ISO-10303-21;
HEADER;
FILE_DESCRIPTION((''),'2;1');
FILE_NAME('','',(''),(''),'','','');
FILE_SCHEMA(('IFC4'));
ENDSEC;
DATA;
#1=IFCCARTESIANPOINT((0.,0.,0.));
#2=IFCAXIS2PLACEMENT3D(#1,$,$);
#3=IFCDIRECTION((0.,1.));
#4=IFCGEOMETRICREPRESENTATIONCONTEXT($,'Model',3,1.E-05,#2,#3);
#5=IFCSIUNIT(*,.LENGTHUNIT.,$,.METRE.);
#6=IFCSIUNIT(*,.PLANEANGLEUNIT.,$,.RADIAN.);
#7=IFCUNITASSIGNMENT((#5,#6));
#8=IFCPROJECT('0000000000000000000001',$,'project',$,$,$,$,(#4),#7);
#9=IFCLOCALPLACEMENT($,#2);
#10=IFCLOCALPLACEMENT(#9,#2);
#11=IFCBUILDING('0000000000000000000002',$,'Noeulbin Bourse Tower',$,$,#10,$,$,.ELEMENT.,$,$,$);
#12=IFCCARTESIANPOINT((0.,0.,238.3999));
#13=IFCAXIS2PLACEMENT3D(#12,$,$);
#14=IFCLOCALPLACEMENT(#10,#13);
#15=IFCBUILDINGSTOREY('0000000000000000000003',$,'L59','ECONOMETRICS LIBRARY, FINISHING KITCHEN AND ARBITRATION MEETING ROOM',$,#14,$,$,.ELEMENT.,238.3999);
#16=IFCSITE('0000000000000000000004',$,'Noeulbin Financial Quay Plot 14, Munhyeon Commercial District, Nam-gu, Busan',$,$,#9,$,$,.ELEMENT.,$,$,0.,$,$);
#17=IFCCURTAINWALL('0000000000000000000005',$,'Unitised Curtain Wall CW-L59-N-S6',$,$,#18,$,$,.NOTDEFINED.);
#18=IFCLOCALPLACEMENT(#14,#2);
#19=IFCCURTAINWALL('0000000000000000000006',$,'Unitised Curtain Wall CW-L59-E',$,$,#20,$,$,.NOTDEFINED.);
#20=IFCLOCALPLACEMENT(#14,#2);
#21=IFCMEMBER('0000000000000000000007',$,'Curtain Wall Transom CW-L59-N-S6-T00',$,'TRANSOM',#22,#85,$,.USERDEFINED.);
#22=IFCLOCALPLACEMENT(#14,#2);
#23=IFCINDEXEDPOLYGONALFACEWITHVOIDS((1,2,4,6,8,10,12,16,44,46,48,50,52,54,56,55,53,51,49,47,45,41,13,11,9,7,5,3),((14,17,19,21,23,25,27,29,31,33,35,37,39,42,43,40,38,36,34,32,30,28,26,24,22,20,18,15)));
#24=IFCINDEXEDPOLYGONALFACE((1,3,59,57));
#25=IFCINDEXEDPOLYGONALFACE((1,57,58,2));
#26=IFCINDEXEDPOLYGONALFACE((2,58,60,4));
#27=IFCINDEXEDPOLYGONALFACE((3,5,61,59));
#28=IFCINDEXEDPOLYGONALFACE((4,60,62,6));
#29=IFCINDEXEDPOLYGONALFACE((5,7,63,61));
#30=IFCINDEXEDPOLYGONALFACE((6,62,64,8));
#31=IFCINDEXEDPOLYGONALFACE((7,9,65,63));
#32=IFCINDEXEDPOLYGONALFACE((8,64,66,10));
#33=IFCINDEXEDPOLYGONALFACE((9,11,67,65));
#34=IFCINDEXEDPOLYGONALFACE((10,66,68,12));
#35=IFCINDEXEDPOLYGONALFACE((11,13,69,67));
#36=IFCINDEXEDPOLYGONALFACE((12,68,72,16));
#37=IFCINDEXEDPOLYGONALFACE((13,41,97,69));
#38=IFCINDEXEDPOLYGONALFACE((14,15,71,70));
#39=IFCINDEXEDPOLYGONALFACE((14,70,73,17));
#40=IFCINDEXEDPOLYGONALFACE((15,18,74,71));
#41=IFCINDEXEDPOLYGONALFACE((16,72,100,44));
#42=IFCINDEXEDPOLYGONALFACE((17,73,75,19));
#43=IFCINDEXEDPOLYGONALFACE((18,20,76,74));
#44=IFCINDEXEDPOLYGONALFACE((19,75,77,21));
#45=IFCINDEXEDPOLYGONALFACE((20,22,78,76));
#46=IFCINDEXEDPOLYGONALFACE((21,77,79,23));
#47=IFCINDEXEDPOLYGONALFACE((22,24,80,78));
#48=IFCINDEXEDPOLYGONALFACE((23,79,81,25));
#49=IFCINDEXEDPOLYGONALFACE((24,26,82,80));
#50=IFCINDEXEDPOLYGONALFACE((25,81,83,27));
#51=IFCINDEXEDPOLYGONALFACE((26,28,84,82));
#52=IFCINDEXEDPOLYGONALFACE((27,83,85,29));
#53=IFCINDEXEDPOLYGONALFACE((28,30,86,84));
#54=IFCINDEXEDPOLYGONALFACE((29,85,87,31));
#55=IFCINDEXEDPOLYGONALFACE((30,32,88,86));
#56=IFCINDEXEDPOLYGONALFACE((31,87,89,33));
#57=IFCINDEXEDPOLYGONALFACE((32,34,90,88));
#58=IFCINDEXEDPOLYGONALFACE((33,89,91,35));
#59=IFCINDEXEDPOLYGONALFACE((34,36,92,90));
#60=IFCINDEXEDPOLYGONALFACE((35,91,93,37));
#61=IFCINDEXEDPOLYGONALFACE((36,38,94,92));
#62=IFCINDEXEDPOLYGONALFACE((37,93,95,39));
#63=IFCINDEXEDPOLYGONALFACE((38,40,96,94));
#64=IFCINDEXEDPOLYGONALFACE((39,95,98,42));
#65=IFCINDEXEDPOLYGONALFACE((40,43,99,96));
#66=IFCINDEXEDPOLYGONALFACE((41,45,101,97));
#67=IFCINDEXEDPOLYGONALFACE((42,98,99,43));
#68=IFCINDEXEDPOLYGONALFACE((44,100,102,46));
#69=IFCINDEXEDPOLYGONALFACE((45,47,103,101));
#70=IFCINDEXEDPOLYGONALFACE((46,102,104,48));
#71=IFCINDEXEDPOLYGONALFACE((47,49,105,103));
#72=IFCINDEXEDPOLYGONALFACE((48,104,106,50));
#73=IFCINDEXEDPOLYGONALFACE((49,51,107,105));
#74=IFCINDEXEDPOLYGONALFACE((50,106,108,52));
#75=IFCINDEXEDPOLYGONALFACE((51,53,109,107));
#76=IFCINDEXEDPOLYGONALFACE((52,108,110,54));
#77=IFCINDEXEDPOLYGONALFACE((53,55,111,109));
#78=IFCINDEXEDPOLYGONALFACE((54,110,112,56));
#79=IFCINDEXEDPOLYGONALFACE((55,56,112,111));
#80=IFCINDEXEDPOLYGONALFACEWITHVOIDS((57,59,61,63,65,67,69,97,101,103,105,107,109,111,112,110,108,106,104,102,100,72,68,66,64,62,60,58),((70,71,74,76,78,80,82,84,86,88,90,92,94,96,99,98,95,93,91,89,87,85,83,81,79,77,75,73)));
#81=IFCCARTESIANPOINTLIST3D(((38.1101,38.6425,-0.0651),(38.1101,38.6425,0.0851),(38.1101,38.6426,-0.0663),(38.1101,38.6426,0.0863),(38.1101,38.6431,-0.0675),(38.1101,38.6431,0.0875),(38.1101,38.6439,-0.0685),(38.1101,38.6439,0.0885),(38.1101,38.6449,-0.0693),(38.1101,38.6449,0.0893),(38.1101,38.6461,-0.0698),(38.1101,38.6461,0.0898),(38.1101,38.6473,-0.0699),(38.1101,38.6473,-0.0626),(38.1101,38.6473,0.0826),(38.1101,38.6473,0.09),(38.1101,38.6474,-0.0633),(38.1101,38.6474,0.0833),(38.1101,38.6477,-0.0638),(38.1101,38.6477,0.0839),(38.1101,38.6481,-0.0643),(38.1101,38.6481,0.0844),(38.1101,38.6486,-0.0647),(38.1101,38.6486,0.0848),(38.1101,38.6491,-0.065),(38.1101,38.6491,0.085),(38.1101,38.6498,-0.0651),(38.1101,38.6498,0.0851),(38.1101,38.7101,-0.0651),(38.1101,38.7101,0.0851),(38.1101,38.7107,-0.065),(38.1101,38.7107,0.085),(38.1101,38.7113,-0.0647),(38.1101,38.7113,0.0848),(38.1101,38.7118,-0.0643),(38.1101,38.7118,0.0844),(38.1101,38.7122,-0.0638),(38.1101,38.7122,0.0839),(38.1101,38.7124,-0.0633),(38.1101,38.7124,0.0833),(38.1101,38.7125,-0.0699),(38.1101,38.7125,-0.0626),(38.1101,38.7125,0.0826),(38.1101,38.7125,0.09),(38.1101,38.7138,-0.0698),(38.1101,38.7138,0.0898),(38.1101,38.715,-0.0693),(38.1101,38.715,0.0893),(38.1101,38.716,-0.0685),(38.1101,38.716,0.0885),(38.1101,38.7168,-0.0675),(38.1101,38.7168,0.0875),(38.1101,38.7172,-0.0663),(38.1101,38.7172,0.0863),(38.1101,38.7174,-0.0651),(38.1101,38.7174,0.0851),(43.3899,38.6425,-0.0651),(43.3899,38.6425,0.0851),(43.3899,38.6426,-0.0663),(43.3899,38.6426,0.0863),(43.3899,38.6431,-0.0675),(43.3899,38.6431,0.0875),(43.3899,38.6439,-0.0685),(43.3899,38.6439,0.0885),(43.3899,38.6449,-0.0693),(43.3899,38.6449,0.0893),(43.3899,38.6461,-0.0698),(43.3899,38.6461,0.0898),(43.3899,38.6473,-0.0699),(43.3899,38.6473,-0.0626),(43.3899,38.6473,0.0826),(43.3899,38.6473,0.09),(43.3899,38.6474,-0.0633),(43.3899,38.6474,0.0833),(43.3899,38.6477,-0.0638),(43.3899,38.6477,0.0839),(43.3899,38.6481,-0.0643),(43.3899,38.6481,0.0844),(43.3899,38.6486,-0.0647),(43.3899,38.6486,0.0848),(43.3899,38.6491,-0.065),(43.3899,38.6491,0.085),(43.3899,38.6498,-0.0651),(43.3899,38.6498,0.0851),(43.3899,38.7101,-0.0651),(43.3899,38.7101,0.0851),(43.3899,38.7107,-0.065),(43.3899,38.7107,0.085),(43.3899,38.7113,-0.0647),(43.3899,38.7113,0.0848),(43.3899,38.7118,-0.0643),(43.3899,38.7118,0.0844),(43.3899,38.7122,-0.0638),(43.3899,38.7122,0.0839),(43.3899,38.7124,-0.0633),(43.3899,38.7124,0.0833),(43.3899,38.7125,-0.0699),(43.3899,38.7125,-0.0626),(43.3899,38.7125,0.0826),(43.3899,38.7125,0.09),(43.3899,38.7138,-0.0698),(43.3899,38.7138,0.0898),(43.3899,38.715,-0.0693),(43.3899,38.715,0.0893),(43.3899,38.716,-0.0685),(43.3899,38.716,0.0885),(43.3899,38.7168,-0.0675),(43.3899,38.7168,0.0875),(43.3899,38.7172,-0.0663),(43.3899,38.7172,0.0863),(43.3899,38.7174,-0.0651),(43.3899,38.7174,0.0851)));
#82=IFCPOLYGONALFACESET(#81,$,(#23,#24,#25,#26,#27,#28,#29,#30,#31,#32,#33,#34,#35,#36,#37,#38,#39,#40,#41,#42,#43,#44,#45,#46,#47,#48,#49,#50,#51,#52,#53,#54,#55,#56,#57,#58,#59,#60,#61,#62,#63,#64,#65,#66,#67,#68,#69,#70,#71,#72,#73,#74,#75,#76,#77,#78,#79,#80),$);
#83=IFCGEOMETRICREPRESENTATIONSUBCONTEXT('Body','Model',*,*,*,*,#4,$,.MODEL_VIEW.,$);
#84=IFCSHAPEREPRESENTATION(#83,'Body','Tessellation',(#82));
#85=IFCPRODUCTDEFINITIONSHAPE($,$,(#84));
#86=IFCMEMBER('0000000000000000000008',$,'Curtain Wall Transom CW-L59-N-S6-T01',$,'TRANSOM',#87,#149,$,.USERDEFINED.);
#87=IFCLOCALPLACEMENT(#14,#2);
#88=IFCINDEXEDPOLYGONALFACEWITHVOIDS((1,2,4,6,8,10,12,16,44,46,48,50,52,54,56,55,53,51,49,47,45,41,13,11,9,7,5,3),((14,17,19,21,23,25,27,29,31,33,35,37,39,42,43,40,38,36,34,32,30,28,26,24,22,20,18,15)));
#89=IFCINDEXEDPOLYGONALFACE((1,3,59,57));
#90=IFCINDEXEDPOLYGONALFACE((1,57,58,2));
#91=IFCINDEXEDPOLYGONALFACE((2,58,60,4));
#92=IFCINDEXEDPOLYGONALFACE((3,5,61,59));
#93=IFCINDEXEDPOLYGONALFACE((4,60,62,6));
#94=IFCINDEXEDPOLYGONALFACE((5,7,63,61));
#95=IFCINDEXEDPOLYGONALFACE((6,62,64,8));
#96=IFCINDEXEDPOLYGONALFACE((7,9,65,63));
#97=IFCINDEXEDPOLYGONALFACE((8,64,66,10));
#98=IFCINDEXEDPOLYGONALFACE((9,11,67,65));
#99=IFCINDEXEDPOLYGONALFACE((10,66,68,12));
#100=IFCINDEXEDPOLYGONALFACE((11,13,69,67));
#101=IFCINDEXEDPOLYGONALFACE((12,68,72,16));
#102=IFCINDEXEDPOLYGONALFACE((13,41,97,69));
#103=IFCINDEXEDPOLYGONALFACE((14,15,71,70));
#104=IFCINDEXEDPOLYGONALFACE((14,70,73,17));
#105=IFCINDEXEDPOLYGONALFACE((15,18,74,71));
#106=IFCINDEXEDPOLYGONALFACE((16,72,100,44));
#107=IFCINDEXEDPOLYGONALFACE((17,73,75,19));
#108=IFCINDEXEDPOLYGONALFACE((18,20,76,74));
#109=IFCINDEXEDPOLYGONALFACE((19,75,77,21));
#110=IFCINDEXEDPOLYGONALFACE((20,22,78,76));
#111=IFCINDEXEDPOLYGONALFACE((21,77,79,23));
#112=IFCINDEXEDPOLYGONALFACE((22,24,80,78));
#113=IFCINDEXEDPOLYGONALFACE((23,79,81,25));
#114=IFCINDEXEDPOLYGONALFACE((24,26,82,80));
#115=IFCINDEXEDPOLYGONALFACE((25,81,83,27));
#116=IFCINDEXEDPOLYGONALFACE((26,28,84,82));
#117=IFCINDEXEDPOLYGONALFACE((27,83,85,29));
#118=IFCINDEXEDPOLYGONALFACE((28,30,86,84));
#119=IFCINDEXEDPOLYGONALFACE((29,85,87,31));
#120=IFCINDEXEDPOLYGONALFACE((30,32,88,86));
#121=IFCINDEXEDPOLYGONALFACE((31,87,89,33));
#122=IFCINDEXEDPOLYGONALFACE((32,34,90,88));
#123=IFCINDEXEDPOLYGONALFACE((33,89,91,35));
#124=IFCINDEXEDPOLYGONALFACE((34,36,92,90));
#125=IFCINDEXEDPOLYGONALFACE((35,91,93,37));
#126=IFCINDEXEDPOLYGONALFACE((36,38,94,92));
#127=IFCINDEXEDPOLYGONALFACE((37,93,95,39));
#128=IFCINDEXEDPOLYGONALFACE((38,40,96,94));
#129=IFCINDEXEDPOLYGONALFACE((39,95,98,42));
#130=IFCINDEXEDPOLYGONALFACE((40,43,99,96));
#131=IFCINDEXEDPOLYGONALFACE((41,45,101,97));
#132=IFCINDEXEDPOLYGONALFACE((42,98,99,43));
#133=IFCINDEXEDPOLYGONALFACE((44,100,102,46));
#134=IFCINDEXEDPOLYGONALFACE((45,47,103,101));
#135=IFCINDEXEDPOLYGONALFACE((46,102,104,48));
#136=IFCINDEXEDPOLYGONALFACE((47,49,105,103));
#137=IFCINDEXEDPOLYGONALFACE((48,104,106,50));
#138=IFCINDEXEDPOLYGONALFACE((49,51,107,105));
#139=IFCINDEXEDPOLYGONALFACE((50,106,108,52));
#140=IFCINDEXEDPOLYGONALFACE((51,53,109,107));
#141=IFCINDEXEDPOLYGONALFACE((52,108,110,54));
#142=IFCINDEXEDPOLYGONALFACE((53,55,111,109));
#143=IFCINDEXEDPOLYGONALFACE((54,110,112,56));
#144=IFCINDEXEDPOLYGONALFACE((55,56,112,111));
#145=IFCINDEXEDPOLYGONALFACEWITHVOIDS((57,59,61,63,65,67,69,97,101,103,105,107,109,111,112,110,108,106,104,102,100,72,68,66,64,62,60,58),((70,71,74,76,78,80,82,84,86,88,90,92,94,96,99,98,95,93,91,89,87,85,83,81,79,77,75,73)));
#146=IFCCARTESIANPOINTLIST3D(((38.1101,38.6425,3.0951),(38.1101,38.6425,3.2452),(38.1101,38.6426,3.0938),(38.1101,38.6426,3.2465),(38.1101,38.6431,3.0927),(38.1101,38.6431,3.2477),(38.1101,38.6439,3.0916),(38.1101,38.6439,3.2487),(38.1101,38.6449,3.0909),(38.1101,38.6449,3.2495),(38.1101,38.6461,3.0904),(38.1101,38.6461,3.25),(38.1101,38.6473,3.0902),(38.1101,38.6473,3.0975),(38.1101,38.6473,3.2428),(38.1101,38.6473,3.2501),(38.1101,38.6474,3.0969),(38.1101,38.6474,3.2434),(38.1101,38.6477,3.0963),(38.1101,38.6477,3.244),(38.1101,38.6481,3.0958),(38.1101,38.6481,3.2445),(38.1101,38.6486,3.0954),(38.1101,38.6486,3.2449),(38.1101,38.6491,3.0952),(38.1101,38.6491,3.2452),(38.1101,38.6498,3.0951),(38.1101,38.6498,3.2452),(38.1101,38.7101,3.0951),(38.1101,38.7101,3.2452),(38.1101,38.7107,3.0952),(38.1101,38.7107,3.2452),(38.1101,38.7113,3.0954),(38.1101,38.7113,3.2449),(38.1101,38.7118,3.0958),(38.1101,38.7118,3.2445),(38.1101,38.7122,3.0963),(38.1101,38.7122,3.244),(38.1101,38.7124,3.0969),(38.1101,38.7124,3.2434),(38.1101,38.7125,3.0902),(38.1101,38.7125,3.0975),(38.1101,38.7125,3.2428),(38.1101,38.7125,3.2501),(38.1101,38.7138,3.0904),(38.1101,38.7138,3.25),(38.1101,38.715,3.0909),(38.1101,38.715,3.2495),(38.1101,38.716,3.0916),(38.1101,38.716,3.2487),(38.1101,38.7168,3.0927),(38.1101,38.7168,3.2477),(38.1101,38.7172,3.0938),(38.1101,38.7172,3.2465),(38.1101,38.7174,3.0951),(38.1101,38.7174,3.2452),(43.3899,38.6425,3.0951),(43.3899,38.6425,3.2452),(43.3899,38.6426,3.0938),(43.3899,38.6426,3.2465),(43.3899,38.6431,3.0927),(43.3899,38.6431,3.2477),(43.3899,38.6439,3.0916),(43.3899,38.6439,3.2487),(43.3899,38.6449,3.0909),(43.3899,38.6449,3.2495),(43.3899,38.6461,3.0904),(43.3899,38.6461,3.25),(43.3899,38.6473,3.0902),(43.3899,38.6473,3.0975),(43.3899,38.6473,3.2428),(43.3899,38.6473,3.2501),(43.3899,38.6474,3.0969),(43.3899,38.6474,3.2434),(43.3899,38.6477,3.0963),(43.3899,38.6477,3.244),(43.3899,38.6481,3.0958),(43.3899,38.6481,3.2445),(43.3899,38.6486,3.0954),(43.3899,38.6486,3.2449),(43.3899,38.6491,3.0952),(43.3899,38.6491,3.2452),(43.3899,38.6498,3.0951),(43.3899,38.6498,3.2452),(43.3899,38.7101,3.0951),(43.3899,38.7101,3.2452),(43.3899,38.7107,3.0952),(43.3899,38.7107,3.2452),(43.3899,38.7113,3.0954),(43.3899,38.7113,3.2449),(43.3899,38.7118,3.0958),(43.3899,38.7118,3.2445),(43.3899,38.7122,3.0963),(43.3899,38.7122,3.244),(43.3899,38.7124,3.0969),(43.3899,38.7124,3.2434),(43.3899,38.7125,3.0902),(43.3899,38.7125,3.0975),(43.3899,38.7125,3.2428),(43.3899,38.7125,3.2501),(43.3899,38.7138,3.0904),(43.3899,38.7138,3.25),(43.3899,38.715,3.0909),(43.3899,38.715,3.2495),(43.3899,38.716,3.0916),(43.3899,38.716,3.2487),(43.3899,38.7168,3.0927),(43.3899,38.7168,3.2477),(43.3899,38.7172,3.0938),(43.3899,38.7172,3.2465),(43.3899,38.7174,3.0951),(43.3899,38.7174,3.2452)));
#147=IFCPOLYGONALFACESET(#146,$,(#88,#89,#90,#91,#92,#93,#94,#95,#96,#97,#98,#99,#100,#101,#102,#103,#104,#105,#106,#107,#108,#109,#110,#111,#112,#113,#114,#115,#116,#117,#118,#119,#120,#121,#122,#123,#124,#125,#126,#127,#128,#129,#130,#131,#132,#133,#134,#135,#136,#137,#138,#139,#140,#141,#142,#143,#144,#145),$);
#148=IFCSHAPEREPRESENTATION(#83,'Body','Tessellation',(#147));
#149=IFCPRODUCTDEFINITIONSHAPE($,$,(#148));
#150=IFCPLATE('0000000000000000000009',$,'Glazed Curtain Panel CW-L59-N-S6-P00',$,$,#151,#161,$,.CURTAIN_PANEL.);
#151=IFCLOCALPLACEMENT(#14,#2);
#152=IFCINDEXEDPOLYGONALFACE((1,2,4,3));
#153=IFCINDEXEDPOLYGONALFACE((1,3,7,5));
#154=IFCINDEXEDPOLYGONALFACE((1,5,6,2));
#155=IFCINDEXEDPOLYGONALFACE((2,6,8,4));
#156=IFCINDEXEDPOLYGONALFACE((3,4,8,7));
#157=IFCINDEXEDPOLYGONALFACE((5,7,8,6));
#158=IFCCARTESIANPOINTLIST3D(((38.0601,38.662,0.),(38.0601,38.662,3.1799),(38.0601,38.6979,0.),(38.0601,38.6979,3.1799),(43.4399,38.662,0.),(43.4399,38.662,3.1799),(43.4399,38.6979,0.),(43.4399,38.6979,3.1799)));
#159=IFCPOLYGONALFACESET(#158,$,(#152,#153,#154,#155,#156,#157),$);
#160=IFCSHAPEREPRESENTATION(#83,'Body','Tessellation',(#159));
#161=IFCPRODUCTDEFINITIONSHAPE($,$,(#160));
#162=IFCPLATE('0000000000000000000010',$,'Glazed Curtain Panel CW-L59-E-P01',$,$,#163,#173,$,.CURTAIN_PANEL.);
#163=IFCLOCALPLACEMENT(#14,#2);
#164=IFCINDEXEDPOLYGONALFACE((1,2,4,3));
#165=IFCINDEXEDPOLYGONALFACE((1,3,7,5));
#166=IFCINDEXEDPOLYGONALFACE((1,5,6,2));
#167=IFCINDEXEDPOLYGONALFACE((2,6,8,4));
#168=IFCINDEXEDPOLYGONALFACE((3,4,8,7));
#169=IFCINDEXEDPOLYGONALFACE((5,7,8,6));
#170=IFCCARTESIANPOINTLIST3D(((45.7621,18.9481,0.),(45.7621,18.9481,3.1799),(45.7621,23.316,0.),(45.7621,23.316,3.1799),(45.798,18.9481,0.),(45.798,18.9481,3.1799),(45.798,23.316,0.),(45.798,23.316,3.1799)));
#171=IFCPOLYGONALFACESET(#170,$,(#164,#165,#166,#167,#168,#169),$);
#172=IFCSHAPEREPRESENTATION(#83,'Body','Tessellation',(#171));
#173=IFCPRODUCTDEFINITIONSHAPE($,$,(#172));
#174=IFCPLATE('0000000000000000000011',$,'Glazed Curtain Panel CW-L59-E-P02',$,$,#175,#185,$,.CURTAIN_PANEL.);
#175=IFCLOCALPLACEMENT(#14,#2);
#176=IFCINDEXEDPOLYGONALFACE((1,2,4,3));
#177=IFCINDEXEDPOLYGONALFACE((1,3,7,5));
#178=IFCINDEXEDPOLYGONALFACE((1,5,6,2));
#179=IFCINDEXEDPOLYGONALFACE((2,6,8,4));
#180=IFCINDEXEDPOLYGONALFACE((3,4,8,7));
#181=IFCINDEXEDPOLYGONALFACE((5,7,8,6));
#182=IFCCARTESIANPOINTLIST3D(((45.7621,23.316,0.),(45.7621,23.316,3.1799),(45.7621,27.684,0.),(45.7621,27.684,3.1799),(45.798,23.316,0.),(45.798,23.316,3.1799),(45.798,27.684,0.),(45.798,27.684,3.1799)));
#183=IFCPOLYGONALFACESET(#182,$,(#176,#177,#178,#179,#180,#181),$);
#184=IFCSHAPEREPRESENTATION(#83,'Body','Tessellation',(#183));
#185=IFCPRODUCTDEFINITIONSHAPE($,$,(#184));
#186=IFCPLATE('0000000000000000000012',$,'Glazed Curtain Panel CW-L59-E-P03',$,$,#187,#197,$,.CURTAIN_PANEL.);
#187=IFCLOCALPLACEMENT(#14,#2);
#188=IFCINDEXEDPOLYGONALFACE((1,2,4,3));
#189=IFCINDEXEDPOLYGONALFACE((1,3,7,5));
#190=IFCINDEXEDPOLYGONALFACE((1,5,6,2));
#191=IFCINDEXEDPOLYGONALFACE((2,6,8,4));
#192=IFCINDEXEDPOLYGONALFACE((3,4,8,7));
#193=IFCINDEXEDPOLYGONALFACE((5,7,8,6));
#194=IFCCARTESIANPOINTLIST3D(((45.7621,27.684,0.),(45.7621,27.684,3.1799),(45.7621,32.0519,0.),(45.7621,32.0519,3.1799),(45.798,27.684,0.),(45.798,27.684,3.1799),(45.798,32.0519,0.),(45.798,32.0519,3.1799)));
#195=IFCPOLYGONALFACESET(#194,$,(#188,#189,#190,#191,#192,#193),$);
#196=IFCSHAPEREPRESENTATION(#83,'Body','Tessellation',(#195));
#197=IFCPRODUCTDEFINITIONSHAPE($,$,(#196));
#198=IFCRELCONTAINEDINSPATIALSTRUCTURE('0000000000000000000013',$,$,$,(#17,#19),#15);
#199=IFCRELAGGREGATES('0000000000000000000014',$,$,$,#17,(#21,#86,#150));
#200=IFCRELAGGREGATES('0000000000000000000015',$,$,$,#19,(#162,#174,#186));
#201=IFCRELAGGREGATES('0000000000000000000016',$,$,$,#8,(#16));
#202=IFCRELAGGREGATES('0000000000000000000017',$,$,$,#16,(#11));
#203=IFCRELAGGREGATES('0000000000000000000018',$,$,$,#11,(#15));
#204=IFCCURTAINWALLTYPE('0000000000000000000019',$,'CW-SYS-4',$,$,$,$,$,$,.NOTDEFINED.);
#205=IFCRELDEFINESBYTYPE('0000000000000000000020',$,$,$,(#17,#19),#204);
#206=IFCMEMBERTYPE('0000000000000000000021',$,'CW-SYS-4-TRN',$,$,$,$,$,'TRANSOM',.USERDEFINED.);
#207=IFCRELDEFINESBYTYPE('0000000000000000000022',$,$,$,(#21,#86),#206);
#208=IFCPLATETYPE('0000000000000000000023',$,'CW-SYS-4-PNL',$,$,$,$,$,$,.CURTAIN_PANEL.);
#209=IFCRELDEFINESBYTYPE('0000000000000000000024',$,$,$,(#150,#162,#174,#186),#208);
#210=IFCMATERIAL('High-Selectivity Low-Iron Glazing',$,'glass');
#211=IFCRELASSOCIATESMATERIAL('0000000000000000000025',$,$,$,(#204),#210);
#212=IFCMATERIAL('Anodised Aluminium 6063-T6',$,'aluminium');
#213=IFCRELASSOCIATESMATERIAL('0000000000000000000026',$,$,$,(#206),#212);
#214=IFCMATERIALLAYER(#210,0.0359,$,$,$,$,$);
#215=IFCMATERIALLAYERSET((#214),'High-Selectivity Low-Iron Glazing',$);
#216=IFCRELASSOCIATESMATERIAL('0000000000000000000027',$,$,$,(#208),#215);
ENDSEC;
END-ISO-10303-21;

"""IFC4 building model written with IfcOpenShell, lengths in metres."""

from ifc_helpers import new_model, si_unit, direction, frame, origin, origin_2d, place, context, subcontext, project, spatial, rectangle, hollow_rectangle, extrude, material, layer, layer_set, material_profile, profile_set, type_object, element, aggregate, save


model = new_model("IFC4")

# Units and contexts
model_context = context("Model", 3, precision=1e-05, world=origin(), true_north=direction((0.0, 1.0)))
body_context = subcontext(model_context, "Body", "Model", "MODEL_VIEW")
ifc_project = project(units=[si_unit("LENGTHUNIT", "METRE"), si_unit("PLANEANGLEUNIT", "RADIAN")], contexts=[model_context])

# Site, building, storey
site_placement = place(None, origin())
site = spatial("IfcSite", under=ifc_project, at=site_placement, Name="Noeulbin Financial Quay Plot 14, Munhyeon Commercial District, Nam-gu, Busan", CompositionType="ELEMENT", RefElevation=0.0)
building_placement = place(site_placement, origin())
building = spatial("IfcBuilding", under=site, at=building_placement, Name="Noeulbin Bourse Tower", CompositionType="ELEMENT")
storey_placement = place(building_placement, frame((0.0, 0.0, 238.3999)))
storey = spatial("IfcBuildingStorey", under=building, at=storey_placement, Name="L59", Description="ECONOMETRICS LIBRARY, FINISHING KITCHEN AND ARBITRATION MEETING ROOM", CompositionType="ELEMENT", Elevation=238.3999)

# Curtain walls
ifc_material_1 = material(Name="High-Selectivity Low-Iron Glazing", Category="glass")
curtain_wall_type = type_object("IfcCurtainWallType", Name="CW-SYS-4", PredefinedType="NOTDEFINED", material=ifc_material_1)
curtain_wall_1_placement = place(storey_placement, origin())
curtain_wall_1 = element("IfcCurtainWall", 1, at=curtain_wall_1_placement, inside=storey, type_object=curtain_wall_type, Name="Unitised Curtain Wall CW-L59-N-S6", PredefinedType="NOTDEFINED")
ifc_material_2 = material(Name="Anodised Aluminium 6063-T6", Category="aluminium")
curtain_wall_2_placement = place(storey_placement, origin())
curtain_wall_2 = element("IfcCurtainWall", 2, at=curtain_wall_2_placement, inside=storey, type_object=curtain_wall_type, Name="Unitised Curtain Wall CW-L59-E", PredefinedType="NOTDEFINED")

# Members
ifc_material_profile_1 = material_profile(ifc_material_2, hollow_rectangle(XDim=0.075, YDim=0.1599, WallThickness=0.0049, InnerFilletRadius=0.0024, OuterFilletRadius=0.0049, at=origin_2d()), Name="ALU-TRAN-75x160x5", Category="LoadBearing")
ifc_profile_set_1 = profile_set([ifc_material_profile_1], Name="Anodised Aluminium 6063-T6")
member_type_1 = type_object("IfcMemberType", Name="CW-SYS-4-TRN", ElementType="TRANSOM", PredefinedType="USERDEFINED", material=ifc_profile_set_1)
member_1_placement = place(storey_placement, frame((38.1101, 38.6799, 0.01), z_axis=(1.0, 0.0, 0.0), x_axis=(0.0, 1.0, 0.0)))
member_1 = element("IfcMember", 3, at=member_1_placement, type_object=member_type_1, Name="Curtain Wall Transom CW-L59-N-S6-T00", ObjectType="TRANSOM", PredefinedType="USERDEFINED", context=body_context, shape_type="SweptSolid", body=[
    extrude(hollow_rectangle(XDim=0.075, YDim=0.1599, WallThickness=0.0049, InnerFilletRadius=0.0024, OuterFilletRadius=0.0049, at=origin_2d()), origin(), (0.0, 0.0, 1.0), 5.2798),
])
member_2_placement = place(storey_placement, frame((38.1101, 38.6799, 3.1702), z_axis=(1.0, 0.0, 0.0), x_axis=(0.0, 1.0, 0.0)))
member_2 = element("IfcMember", 4, at=member_2_placement, type_object=member_type_1, Name="Curtain Wall Transom CW-L59-N-S6-T01", ObjectType="TRANSOM", PredefinedType="USERDEFINED", context=body_context, shape_type="SweptSolid", body=[
    extrude(hollow_rectangle(XDim=0.075, YDim=0.1599, WallThickness=0.0049, InnerFilletRadius=0.0024, OuterFilletRadius=0.0049, at=origin_2d()), origin(), (0.0, 0.0, 1.0), 5.2798),
])

# Plates
ifc_layer_1 = layer(ifc_material_1, 0.0359)
ifc_layer_set_1 = layer_set([ifc_layer_1], Name="High-Selectivity Low-Iron Glazing")
plate_type_1 = type_object("IfcPlateType", Name="CW-SYS-4-PNL", PredefinedType="CURTAIN_PANEL", material=ifc_layer_set_1)
plate_1_placement = place(storey_placement, frame((40.75, 38.6799, 0.0), z_axis=(0.0, 0.0, 1.0), x_axis=(1.0, 0.0, 0.0)))
plate_1 = element("IfcPlate", 5, at=plate_1_placement, type_object=plate_type_1, Name="Glazed Curtain Panel CW-L59-N-S6-P00", PredefinedType="CURTAIN_PANEL", context=body_context, shape_type="SweptSolid", body=[
    extrude(rectangle(XDim=5.3799, YDim=0.0359, at=origin_2d()), origin(), (0.0, 0.0, 1.0), 3.1799),
])
aggregate(curtain_wall_1, [member_1, member_2, plate_1])
plate_2_placement = place(storey_placement, frame((45.78, 21.1321, 0.0), z_axis=(0.0, 0.0, 1.0), x_axis=(0.0, 1.0, 0.0)))
plate_2 = element("IfcPlate", 6, at=plate_2_placement, type_object=plate_type_1, Name="Glazed Curtain Panel CW-L59-E-P01", PredefinedType="CURTAIN_PANEL", context=body_context, shape_type="SweptSolid", body=[
    extrude(rectangle(XDim=4.3679, YDim=0.0359, at=origin_2d()), origin(), (0.0, 0.0, 1.0), 3.1799),
])
plate_3_placement = place(storey_placement, frame((45.78, 25.5, 0.0), z_axis=(0.0, 0.0, 1.0), x_axis=(0.0, 1.0, 0.0)))
plate_3 = element("IfcPlate", 7, at=plate_3_placement, type_object=plate_type_1, Name="Glazed Curtain Panel CW-L59-E-P02", PredefinedType="CURTAIN_PANEL", context=body_context, shape_type="SweptSolid", body=[
    extrude(rectangle(XDim=4.3679, YDim=0.0359, at=origin_2d()), origin(), (0.0, 0.0, 1.0), 3.1799),
])
plate_4_placement = place(storey_placement, frame((45.78, 29.8679, 0.0), z_axis=(0.0, 0.0, 1.0), x_axis=(0.0, 1.0, 0.0)))
plate_4 = element("IfcPlate", 8, at=plate_4_placement, type_object=plate_type_1, Name="Glazed Curtain Panel CW-L59-E-P03", PredefinedType="CURTAIN_PANEL", context=body_context, shape_type="SweptSolid", body=[
    extrude(rectangle(XDim=4.3679, YDim=0.0359, at=origin_2d()), origin(), (0.0, 0.0, 1.0), 3.1799),
])
aggregate(curtain_wall_2, [plate_2, plate_3, plate_4])

save(model, "model.ifc")
